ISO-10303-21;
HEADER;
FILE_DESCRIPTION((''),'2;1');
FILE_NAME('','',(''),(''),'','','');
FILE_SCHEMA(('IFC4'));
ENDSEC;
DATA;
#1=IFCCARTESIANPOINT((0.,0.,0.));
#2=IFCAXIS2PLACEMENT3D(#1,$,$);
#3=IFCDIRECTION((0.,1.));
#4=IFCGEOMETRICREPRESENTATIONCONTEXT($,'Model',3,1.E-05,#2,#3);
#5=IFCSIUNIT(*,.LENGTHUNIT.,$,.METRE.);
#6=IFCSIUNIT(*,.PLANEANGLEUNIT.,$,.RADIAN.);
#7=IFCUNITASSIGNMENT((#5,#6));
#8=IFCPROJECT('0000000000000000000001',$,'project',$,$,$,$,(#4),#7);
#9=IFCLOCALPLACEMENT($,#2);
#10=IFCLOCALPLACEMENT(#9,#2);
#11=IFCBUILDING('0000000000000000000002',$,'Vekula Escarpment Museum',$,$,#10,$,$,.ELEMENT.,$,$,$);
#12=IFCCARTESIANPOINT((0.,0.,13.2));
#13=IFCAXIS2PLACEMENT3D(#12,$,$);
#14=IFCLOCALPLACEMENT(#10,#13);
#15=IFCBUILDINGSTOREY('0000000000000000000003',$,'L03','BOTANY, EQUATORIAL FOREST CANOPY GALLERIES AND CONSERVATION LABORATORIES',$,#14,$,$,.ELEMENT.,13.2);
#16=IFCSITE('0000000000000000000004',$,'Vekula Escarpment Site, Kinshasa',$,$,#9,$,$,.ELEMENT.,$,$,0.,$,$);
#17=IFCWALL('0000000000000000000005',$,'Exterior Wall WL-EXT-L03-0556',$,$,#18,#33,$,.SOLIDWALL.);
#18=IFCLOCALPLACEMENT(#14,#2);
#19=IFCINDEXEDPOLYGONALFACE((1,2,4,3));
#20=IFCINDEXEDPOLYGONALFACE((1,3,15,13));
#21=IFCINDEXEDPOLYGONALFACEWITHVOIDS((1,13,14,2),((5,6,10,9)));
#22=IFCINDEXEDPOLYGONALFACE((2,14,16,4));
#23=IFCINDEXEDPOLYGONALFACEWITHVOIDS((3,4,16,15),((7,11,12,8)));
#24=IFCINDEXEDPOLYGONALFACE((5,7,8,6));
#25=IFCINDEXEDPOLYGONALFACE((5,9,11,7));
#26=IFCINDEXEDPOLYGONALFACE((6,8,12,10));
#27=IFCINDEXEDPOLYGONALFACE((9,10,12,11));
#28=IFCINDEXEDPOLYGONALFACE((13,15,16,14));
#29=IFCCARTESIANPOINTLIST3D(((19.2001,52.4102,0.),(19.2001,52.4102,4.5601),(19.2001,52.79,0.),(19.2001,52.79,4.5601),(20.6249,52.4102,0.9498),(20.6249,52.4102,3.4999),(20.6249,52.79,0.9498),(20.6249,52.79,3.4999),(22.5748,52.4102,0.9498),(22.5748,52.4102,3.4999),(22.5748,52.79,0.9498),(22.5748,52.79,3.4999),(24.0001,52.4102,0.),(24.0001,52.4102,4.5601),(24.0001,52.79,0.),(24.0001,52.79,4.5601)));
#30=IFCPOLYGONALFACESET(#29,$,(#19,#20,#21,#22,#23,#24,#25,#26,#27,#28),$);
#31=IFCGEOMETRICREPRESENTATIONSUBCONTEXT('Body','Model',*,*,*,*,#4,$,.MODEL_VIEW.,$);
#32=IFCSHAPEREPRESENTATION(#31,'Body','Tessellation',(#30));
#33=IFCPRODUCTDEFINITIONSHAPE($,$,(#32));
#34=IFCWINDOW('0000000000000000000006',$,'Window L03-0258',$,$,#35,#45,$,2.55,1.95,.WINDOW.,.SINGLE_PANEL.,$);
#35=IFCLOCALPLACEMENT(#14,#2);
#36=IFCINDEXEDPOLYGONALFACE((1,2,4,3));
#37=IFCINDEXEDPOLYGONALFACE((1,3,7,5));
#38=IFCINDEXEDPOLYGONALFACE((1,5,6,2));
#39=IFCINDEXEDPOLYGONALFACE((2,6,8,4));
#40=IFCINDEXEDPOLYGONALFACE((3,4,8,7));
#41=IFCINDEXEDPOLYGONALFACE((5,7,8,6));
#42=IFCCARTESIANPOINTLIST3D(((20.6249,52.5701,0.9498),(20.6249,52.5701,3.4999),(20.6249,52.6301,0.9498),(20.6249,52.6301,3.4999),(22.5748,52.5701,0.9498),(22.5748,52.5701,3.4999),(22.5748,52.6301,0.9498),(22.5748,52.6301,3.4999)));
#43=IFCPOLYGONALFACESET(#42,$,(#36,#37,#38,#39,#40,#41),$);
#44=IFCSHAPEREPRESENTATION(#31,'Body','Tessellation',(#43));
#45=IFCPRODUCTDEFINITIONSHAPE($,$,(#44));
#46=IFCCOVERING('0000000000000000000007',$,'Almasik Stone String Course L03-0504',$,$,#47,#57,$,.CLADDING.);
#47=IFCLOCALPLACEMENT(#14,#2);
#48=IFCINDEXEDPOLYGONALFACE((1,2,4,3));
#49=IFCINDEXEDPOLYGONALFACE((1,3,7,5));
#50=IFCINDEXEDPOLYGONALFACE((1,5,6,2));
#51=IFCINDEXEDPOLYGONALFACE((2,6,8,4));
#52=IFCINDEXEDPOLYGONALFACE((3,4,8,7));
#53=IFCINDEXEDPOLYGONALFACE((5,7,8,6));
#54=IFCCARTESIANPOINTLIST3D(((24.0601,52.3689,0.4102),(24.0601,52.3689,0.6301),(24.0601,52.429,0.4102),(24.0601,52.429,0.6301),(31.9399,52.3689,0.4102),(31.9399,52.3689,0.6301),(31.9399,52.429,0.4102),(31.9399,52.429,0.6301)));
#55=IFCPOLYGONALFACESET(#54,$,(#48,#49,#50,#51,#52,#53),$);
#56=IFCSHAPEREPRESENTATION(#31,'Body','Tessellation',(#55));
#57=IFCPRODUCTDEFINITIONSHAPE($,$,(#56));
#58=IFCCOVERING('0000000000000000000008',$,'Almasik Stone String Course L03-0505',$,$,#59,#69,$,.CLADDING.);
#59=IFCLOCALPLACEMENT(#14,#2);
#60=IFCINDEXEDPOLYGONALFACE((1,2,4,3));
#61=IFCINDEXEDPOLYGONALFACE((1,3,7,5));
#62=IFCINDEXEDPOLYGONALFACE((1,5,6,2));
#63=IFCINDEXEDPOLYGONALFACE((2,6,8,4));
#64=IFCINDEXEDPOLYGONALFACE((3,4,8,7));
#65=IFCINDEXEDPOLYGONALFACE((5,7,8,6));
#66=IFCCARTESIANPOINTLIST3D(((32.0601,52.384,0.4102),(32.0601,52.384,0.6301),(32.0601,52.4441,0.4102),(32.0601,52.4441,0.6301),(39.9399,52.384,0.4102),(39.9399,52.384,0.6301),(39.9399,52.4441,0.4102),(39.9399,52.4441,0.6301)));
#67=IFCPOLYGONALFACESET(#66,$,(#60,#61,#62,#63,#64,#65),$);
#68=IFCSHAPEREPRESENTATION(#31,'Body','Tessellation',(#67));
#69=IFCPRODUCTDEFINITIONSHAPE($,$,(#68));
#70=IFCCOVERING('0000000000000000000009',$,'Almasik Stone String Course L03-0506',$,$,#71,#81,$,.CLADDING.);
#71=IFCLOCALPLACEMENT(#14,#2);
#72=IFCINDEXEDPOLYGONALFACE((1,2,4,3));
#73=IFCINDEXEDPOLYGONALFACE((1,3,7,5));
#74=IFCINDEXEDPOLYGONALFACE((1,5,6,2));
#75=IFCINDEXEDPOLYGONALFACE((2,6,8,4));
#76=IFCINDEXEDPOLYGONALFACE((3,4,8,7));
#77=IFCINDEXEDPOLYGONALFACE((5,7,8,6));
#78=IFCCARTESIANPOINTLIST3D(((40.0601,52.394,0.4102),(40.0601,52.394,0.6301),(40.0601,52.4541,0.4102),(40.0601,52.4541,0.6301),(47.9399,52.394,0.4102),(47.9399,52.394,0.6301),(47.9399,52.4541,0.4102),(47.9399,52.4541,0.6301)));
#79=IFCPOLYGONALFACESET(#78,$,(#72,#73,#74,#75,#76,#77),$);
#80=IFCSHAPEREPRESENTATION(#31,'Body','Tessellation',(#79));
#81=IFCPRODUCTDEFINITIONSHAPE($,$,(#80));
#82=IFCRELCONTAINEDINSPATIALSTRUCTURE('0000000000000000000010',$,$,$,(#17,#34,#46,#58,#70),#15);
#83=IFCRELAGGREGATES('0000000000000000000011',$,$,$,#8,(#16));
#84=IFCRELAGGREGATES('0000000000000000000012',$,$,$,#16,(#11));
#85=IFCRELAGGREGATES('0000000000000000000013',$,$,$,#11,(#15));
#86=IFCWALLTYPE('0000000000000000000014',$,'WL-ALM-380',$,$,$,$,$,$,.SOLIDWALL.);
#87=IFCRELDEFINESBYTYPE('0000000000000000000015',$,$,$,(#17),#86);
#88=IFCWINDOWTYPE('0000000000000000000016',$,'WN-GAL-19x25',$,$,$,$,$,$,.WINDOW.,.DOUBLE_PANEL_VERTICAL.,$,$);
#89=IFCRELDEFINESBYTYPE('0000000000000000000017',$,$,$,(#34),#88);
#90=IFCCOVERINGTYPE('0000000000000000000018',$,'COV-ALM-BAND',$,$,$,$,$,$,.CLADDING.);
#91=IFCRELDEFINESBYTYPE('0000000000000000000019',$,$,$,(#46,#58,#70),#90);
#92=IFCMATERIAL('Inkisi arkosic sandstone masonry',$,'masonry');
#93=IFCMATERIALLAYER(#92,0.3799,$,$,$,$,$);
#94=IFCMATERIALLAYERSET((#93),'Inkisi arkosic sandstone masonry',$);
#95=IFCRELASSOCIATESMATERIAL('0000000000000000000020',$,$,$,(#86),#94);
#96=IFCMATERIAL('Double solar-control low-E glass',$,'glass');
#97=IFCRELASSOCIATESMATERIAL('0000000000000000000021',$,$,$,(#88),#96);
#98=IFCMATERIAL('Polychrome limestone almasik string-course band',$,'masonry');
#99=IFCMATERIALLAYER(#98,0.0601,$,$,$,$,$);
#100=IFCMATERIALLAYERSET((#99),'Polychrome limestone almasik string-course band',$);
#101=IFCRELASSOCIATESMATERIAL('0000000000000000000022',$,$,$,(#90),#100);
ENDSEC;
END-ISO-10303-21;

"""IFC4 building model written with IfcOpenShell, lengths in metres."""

from ifc_helpers import new_model, si_unit, direction, frame, frame_2d, origin, origin_2d, place, context, subcontext, project, spatial, rectangle, extrude, material, layer, layer_set, type_object, element, fill, save


model = new_model("IFC4")

# Units and contexts
model_context = context("Model", 3, precision=1e-05, world=origin(), true_north=direction((0.0, 1.0)))
body_context = subcontext(model_context, "Body", "Model", "MODEL_VIEW")
ifc_project = project(units=[si_unit("LENGTHUNIT", "METRE"), si_unit("PLANEANGLEUNIT", "RADIAN")], contexts=[model_context])

# Site, building, storey
site_placement = place(None, origin())
site = spatial("IfcSite", under=ifc_project, at=site_placement, Name="Vekula Escarpment Site, Kinshasa", CompositionType="ELEMENT", RefElevation=0.0)
building_placement = place(site_placement, origin())
building = spatial("IfcBuilding", under=site, at=building_placement, Name="Vekula Escarpment Museum", CompositionType="ELEMENT")
storey_placement = place(building_placement, frame((0.0, 0.0, 13.2)))
storey = spatial("IfcBuildingStorey", under=building, at=storey_placement, Name="L03", Description="BOTANY, EQUATORIAL FOREST CANOPY GALLERIES AND CONSERVATION LABORATORIES", CompositionType="ELEMENT", Elevation=13.2)

# Wall, opening, window
ifc_material_1 = material(Name="Inkisi arkosic sandstone masonry", Category="masonry")
ifc_layer_1 = layer(ifc_material_1, 0.3799)
ifc_layer_set_1 = layer_set([ifc_layer_1], Name="Inkisi arkosic sandstone masonry")
wall_type = type_object("IfcWallType", Name="WL-ALM-380", PredefinedType="SOLIDWALL", material=ifc_layer_set_1)
wall_placement = place(storey_placement, frame((24.0, 52.6001, 0.0), z_axis=(0.0, 0.0, 1.0), x_axis=(-1.0, 0.0, 0.0)))
wall = element("IfcWall", 1, at=wall_placement, inside=storey, type_object=wall_type, Name="Exterior Wall WL-EXT-L03-0556", PredefinedType="SOLIDWALL", context=body_context, shape_type="SweptSolid", body=[
    extrude(rectangle(XDim=4.8, YDim=0.3799, at=frame_2d((2.3999, 0.0))), origin(), (0.0, 0.0, 1.0), 4.5601),
])
opening_placement = place(wall_placement, frame((1.425, 0.0, 0.95)))
opening = element("IfcOpeningElement", 2, at=opening_placement, cuts=wall, PredefinedType="OPENING", context=body_context, shape_type="SweptSolid", body=[
    extrude(rectangle(XDim=1.95, YDim=2.55, at=frame_2d((0.9751, 1.2749))), frame((0.0, 0.2, 0.0), z_axis=(0.0, -1.0, 0.0), x_axis=(1.0, 0.0, 0.0)), (0.0, 0.0, 1.0), 0.3999),
])
ifc_material_2 = material(Name="Double solar-control low-E glass", Category="glass")
window_type = type_object("IfcWindowType", Name="WN-GAL-19x25", PartitioningType="DOUBLE_PANEL_VERTICAL", PredefinedType="WINDOW", material=ifc_material_2)
window_placement = place(opening_placement, origin())
window = element("IfcWindow", 3, at=window_placement, inside=storey, type_object=window_type, Name="Window L03-0258", OverallHeight=2.55, OverallWidth=1.95, PartitioningType="SINGLE_PANEL", PredefinedType="WINDOW", context=body_context, shape_type="SweptSolid", body=[
    extrude(rectangle(XDim=1.95, YDim=2.55, at=frame_2d((0.9751, 1.2749))), frame((0.0, 0.03, 0.0), z_axis=(0.0, -1.0, 0.0), x_axis=(1.0, 0.0, 0.0)), (0.0, 0.0, 1.0), 0.0601),
])
fill(opening, window)

# Coverings
ifc_material_3 = material(Name="Polychrome limestone almasik string-course band", Category="masonry")
ifc_layer_2 = layer(ifc_material_3, 0.0601)
ifc_layer_set_2 = layer_set([ifc_layer_2], Name="Polychrome limestone almasik string-course band")
covering_type = type_object("IfcCoveringType", Name="COV-ALM-BAND", PredefinedType="CLADDING", material=ifc_layer_set_2)
for number, where, z_axis, x_axis, name in (
    (4, (28.0, 52.3989, 0.4102), (0.0, 0.0, 1.0), (1.0, 0.0, 0.0), "Almasik Stone String Course L03-0504"),
    (5, (36.0, 52.4141, 0.4102), (0.0, 0.0, 1.0), (1.0, 0.0, 0.0), "Almasik Stone String Course L03-0505"),
    (6, (44.0, 52.4241, 0.4102), (0.0, 0.0, 1.0), (1.0, 0.0, 0.0), "Almasik Stone String Course L03-0506"),
):
    element("IfcCovering", number, at=place(storey_placement, frame(where, z_axis=z_axis, x_axis=x_axis)), inside=storey, type_object=covering_type, Name=name, PredefinedType="CLADDING", context=body_context, shape_type="SweptSolid", body=[
        extrude(rectangle(XDim=7.8799, YDim=0.0601, at=origin_2d()), origin(), (0.0, 0.0, 1.0), 0.22),
    ])

save(model, "model.ifc")
